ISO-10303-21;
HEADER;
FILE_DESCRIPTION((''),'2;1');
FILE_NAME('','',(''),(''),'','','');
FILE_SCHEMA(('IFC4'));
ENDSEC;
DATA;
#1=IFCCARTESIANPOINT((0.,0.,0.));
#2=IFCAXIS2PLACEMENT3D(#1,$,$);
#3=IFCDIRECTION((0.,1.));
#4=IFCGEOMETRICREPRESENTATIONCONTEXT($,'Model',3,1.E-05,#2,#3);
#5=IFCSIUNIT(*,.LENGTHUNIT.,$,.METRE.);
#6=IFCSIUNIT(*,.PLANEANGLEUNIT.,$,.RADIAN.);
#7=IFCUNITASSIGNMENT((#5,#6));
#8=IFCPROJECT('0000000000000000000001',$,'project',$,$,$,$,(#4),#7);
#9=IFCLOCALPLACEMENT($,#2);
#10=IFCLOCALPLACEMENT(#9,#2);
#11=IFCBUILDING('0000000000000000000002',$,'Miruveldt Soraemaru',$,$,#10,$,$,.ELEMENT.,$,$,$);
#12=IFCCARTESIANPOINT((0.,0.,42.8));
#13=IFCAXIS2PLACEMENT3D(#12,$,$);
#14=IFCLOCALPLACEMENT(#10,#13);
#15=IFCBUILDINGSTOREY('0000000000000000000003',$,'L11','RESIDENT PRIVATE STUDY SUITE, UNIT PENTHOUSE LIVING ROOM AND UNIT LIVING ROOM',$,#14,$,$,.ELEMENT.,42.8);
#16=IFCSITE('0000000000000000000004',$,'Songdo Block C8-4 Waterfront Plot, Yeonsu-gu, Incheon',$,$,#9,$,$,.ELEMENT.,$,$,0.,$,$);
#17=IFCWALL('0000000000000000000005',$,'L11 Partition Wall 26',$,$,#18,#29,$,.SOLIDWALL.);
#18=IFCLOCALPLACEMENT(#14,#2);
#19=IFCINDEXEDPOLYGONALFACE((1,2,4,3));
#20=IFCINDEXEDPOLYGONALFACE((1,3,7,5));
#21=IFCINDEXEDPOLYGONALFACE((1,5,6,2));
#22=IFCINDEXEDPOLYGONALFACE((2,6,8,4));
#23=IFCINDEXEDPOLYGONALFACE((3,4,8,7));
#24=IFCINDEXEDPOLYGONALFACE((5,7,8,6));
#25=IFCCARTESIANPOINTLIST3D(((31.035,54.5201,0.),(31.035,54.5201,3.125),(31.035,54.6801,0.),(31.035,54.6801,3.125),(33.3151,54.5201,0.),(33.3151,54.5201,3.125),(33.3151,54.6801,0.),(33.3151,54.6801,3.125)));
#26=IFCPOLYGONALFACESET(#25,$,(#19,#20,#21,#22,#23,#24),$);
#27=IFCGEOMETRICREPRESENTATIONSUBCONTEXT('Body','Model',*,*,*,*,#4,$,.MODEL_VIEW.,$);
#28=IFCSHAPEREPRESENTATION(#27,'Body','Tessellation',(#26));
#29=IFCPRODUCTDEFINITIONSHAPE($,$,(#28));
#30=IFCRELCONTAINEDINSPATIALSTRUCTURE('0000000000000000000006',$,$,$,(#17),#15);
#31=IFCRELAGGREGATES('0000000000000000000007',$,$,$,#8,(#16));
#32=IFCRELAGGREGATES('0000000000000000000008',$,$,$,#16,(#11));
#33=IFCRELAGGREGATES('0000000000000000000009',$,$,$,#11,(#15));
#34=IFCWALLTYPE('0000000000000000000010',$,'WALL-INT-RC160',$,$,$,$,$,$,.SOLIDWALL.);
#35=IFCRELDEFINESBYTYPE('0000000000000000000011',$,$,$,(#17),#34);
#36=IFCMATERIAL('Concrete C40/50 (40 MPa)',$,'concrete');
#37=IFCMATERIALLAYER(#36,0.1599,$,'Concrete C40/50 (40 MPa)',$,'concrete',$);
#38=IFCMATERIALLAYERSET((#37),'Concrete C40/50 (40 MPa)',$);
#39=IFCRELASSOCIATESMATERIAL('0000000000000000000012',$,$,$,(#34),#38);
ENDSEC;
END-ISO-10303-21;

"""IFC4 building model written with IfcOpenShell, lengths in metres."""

from ifc_helpers import new_model, si_unit, direction, frame, frame_2d, origin, place, context, subcontext, project, spatial, rectangle, extrude, material, layer, layer_set, type_object, element, save


model = new_model("IFC4")

# Units and contexts
model_context = context("Model", 3, precision=1e-05, world=origin(), true_north=direction((0.0, 1.0)))
body_context = subcontext(model_context, "Body", "Model", "MODEL_VIEW")
ifc_project = project(units=[si_unit("LENGTHUNIT", "METRE"), si_unit("PLANEANGLEUNIT", "RADIAN")], contexts=[model_context])

# Site, building, storey
site_placement = place(None, origin())
site = spatial("IfcSite", under=ifc_project, at=site_placement, Name="Songdo Block C8-4 Waterfront Plot, Yeonsu-gu, Incheon", CompositionType="ELEMENT", RefElevation=0.0)
building_placement = place(site_placement, origin())
building = spatial("IfcBuilding", under=site, at=building_placement, Name="Miruveldt Soraemaru", CompositionType="ELEMENT")
storey_placement = place(building_placement, frame((0.0, 0.0, 42.8)))
storey = spatial("IfcBuildingStorey", under=building, at=storey_placement, Name="L11", Description="RESIDENT PRIVATE STUDY SUITE, UNIT PENTHOUSE LIVING ROOM AND UNIT LIVING ROOM", CompositionType="ELEMENT", Elevation=42.8)

# Shared definitions
ifc_material_1 = material(Name="Concrete C40/50 (40 MPa)", Category="concrete")
ifc_layer_1 = layer(ifc_material_1, 0.1599, Name="Concrete C40/50 (40 MPa)", Category="concrete")
ifc_layer_set_1 = layer_set([ifc_layer_1], Name="Concrete C40/50 (40 MPa)")
wall_type_1 = type_object("IfcWallType", Name="WALL-INT-RC160", PredefinedType="SOLIDWALL", material=ifc_layer_set_1)

# Wall
wall_1_placement = place(storey_placement, frame((31.0349, 54.6001, 0.0), z_axis=(0.0, 0.0, 1.0), x_axis=(1.0, 0.0, 0.0)))
element("IfcWall", 1, at=wall_1_placement, inside=storey, type_object=wall_type_1, Name="L11 Partition Wall 26", PredefinedType="SOLIDWALL", context=body_context, shape_type="SweptSolid", body=[
    extrude(rectangle(XDim=2.28, YDim=0.1599, at=frame_2d((1.1401, 0.0))), origin(), (0.0, 0.0, 1.0), 3.125),
])

save(model, "model.ifc")
